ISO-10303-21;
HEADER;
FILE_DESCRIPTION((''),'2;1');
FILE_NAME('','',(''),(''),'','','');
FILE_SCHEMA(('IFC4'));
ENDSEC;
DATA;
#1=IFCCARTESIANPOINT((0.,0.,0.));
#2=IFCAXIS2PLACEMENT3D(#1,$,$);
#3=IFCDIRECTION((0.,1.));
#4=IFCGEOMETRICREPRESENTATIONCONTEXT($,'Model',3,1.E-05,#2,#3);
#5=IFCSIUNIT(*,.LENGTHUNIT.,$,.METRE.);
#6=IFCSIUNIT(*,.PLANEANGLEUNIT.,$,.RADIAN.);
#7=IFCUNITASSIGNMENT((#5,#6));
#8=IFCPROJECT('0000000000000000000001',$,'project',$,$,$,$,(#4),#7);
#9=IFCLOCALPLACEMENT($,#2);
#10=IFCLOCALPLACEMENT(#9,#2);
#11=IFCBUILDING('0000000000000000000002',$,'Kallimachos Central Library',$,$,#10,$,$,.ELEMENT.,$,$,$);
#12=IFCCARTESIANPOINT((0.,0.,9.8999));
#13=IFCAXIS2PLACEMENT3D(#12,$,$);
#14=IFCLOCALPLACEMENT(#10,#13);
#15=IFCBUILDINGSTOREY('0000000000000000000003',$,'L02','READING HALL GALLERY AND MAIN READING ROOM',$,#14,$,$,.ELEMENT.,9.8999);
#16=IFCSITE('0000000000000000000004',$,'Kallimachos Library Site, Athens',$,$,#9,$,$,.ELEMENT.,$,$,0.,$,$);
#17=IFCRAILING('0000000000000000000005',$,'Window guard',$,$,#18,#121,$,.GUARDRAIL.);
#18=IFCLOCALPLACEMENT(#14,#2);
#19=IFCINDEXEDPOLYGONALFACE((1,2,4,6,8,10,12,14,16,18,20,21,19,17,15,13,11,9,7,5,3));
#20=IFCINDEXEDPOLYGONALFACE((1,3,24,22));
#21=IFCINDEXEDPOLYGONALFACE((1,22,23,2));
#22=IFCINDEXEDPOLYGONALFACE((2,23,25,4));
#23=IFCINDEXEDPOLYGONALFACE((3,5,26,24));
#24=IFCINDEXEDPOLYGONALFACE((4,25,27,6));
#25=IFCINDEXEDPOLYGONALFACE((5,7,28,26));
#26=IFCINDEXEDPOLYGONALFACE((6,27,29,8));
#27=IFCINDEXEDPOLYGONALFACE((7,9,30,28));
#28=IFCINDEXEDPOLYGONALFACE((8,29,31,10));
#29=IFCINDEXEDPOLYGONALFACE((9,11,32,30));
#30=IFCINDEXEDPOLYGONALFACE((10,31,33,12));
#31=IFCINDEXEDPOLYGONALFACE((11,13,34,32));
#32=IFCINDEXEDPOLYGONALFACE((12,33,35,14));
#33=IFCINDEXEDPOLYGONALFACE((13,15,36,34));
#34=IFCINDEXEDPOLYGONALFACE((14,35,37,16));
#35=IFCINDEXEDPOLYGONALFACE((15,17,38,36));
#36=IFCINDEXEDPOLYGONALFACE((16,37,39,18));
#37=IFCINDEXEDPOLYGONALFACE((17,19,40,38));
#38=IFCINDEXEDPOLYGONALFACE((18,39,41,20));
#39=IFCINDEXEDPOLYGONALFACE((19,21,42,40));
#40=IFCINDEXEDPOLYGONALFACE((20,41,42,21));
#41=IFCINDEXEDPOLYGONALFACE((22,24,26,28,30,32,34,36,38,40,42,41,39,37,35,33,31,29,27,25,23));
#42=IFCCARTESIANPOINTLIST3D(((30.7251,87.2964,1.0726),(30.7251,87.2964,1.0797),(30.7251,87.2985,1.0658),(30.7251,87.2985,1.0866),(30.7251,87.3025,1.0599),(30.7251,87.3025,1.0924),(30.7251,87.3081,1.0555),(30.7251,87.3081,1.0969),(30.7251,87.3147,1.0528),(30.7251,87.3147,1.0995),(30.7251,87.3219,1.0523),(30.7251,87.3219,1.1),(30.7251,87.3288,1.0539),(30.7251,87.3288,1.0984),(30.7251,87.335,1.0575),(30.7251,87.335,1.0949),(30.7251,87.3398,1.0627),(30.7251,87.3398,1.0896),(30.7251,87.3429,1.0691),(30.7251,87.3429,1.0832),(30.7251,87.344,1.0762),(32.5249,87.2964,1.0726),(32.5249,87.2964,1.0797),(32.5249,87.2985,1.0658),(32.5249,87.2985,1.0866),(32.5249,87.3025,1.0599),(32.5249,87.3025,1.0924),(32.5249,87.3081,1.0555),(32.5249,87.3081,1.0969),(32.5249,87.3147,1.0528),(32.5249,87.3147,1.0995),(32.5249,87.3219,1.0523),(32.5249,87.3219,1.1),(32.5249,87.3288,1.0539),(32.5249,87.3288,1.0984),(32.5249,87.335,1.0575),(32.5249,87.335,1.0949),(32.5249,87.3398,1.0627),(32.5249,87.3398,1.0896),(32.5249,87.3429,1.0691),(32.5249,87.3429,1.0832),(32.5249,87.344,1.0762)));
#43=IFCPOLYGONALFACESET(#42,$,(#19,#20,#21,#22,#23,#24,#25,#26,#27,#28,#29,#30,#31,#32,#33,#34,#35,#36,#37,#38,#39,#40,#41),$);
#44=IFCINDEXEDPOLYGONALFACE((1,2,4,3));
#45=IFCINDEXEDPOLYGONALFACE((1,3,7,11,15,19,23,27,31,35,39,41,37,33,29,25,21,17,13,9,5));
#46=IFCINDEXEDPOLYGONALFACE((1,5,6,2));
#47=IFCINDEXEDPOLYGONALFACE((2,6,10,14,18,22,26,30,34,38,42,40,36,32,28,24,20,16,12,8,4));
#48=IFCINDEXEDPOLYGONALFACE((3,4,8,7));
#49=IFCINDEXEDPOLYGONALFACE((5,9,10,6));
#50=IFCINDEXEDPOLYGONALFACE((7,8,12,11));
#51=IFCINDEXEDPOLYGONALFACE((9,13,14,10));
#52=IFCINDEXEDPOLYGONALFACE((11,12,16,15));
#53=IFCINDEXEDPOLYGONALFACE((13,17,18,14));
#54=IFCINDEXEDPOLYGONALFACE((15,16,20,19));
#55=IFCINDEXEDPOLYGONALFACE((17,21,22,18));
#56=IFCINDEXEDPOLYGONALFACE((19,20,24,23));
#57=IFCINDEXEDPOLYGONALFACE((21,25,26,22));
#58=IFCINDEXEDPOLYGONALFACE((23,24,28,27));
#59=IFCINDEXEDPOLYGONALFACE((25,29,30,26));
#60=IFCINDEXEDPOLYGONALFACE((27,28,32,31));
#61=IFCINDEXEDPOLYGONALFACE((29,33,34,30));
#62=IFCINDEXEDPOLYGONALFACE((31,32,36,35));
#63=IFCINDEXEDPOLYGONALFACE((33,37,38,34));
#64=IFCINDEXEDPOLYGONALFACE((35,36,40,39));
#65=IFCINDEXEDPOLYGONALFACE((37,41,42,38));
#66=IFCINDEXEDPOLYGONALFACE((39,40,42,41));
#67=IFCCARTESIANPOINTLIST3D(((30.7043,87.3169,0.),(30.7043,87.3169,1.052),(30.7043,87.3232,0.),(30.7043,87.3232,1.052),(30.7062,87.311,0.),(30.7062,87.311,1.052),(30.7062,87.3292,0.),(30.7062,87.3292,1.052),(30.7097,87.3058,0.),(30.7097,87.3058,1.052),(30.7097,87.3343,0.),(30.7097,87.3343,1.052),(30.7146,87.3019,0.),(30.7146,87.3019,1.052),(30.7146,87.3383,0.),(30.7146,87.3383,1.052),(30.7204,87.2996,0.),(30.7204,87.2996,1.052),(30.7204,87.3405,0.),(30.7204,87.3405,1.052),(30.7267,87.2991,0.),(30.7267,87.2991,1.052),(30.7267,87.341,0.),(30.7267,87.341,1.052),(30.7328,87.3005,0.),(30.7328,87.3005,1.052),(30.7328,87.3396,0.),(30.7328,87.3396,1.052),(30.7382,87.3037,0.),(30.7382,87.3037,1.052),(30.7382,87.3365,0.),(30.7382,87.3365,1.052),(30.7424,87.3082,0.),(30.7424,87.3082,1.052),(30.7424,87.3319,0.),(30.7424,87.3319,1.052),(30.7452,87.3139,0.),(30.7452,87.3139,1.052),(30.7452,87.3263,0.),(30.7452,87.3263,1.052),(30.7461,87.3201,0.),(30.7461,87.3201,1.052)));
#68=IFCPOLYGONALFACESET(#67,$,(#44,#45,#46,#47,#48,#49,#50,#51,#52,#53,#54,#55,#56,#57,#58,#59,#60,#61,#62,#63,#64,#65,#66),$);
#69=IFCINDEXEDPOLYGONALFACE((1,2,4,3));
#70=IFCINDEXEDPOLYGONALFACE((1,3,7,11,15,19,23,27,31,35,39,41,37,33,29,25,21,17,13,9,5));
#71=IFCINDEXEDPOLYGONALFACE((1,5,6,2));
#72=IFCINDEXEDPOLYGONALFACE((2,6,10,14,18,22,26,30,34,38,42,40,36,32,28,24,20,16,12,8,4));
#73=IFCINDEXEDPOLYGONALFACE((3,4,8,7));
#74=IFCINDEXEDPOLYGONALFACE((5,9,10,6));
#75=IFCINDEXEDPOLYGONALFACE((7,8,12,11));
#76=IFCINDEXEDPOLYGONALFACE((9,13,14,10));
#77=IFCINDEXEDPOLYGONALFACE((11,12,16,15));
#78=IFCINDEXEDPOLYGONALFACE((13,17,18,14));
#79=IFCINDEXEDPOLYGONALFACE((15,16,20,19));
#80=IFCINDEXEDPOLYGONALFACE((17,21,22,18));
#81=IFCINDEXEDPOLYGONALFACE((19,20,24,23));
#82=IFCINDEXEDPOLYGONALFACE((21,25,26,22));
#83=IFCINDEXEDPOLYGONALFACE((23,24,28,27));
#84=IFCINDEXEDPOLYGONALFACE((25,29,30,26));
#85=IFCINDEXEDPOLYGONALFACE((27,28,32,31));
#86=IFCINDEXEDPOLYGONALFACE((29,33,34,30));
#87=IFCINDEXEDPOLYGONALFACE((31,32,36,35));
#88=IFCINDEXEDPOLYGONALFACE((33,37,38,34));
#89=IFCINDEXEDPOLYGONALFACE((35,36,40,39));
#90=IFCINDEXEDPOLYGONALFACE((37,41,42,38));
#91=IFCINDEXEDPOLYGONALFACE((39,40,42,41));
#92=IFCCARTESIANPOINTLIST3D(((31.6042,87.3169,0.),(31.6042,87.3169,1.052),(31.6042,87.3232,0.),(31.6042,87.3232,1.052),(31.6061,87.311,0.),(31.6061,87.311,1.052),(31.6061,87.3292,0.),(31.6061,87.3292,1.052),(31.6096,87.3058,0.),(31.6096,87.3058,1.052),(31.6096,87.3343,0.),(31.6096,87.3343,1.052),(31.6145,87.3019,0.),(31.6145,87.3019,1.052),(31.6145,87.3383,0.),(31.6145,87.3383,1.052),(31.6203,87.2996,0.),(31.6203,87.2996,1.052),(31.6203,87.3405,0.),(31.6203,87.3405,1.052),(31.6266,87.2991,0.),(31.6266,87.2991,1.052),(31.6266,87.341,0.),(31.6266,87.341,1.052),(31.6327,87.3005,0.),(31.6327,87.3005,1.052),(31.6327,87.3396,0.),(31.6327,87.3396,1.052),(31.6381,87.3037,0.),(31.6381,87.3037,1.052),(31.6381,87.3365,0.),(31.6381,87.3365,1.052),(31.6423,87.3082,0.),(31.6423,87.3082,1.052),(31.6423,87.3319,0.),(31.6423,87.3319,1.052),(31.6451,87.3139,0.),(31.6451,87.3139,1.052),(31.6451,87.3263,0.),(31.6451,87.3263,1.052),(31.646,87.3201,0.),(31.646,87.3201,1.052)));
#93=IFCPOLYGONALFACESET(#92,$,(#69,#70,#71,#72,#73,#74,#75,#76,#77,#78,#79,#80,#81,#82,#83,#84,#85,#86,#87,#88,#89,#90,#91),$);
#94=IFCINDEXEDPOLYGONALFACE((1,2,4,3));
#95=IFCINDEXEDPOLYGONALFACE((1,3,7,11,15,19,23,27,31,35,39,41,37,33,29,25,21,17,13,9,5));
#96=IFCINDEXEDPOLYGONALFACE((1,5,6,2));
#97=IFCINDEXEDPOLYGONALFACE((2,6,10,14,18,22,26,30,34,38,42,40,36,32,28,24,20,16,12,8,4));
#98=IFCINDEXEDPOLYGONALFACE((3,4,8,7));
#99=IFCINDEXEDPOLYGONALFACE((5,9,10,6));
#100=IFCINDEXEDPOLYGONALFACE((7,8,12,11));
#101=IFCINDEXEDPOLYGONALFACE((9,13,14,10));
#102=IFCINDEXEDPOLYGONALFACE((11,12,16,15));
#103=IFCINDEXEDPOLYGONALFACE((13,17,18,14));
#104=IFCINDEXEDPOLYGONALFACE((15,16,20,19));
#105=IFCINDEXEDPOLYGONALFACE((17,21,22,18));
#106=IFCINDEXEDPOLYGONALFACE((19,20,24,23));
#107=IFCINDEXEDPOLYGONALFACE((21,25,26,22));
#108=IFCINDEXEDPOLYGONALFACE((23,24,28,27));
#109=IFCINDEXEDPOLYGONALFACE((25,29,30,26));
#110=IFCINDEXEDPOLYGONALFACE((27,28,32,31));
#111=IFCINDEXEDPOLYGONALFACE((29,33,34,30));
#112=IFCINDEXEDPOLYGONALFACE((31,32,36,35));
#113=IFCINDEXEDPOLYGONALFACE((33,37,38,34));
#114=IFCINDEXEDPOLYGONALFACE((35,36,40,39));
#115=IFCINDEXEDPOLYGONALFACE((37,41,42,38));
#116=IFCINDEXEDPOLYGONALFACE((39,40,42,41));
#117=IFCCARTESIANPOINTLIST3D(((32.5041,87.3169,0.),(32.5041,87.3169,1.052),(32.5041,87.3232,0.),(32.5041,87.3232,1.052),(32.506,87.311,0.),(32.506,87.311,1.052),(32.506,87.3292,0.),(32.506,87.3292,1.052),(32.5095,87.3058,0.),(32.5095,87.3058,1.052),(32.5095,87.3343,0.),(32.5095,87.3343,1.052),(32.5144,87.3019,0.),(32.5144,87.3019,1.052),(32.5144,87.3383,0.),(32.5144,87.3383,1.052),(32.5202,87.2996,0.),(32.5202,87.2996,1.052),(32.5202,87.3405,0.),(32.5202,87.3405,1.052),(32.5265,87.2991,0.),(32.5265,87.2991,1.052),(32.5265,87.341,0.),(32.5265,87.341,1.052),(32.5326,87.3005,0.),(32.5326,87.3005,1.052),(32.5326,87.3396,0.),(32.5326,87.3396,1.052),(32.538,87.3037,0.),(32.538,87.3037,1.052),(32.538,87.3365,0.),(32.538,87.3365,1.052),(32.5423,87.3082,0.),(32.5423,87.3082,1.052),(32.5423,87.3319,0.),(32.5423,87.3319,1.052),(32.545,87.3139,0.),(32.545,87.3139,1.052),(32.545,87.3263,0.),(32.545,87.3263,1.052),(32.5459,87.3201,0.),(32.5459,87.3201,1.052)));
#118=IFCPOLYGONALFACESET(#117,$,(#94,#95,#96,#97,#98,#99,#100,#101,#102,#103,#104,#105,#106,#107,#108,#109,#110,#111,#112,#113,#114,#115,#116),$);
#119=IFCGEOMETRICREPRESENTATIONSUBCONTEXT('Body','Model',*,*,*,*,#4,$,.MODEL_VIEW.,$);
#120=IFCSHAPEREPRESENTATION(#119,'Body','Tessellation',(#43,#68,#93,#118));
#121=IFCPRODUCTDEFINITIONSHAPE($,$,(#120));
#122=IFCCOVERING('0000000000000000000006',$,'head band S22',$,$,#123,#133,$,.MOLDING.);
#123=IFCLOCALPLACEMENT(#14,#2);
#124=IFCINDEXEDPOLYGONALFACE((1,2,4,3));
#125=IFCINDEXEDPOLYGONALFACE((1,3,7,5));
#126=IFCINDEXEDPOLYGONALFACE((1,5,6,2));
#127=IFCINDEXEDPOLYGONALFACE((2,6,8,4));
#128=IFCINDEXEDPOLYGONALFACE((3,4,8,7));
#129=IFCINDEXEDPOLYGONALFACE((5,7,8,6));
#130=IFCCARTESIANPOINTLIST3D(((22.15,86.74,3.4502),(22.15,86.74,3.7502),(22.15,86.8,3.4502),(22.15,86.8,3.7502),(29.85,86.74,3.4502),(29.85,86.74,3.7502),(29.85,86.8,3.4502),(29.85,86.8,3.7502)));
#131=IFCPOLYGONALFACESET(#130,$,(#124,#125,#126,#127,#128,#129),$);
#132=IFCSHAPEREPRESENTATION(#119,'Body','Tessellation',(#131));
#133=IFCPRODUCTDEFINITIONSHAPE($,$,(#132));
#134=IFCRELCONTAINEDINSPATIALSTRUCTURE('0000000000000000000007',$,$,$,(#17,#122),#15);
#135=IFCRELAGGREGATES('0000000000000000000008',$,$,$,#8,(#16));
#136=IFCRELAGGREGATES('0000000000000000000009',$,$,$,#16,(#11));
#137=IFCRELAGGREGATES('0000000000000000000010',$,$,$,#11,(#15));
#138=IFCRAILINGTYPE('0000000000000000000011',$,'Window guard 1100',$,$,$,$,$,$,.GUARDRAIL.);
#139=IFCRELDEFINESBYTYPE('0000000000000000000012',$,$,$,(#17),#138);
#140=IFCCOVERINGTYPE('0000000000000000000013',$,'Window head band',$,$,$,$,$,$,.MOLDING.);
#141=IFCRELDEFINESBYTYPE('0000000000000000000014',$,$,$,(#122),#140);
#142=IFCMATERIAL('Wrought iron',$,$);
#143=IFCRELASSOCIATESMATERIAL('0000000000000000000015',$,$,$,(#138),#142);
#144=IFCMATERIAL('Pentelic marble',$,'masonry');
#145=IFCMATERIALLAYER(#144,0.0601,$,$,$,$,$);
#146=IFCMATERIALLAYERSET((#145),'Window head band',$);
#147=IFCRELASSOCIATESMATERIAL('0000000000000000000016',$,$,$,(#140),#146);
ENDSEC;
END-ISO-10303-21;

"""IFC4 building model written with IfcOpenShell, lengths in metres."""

from ifc_helpers import new_model, si_unit, direction, frame, origin, origin_2d, place, context, subcontext, project, spatial, rectangle, circle, extrude, material, layer, layer_set, type_object, element, save


model = new_model("IFC4")

# Units and contexts
model_context = context("Model", 3, precision=1e-05, world=origin(), true_north=direction((0.0, 1.0)))
body_context = subcontext(model_context, "Body", "Model", "MODEL_VIEW")
ifc_project = project(units=[si_unit("LENGTHUNIT", "METRE"), si_unit("PLANEANGLEUNIT", "RADIAN")], contexts=[model_context])

# Site, building, storey
site_placement = place(None, origin())
site = spatial("IfcSite", under=ifc_project, at=site_placement, Name="Kallimachos Library Site, Athens", CompositionType="ELEMENT", RefElevation=0.0)
building_placement = place(site_placement, origin())
building = spatial("IfcBuilding", under=site, at=building_placement, Name="Kallimachos Central Library", CompositionType="ELEMENT")
storey_placement = place(building_placement, frame((0.0, 0.0, 9.8999)))
storey = spatial("IfcBuildingStorey", under=building, at=storey_placement, Name="L02", Description="READING HALL GALLERY AND MAIN READING ROOM", CompositionType="ELEMENT", Elevation=9.8999)

# Railing
ifc_material_1 = material(Name="Wrought iron")
railing_type = type_object("IfcRailingType", Name="Window guard 1100", PredefinedType="GUARDRAIL", material=ifc_material_1)
for number, where, name in (
    (1, (30.7251, 87.3201, 0.0), "Window guard"),
):
    element("IfcRailing", number, at=place(storey_placement, frame(where)), inside=storey, type_object=railing_type, Name=name, PredefinedType="GUARDRAIL", context=body_context, shape_type="SweptSolid", body=[
        extrude(circle(Radius=0.0239, at=origin_2d()), frame((0.0, 0.0, 1.0762), z_axis=(1.0, 0.0, 0.0), x_axis=(0.0, 1.0, 0.0)), (0.0, 0.0, 1.0), 1.7998),
        extrude(circle(Radius=0.021, at=origin_2d()), origin(), (0.0, 0.0, 1.0), 1.052),
        extrude(circle(Radius=0.021, at=origin_2d()), frame((0.8999, 0.0, 0.0)), (0.0, 0.0, 1.0), 1.052),
        extrude(circle(Radius=0.021, at=origin_2d()), frame((1.7998, 0.0, 0.0)), (0.0, 0.0, 1.0), 1.052),
    ])

# Covering
ifc_material_2 = material(Name="Pentelic marble", Category="masonry")
ifc_layer_1 = layer(ifc_material_2, 0.0601)
ifc_layer_set_1 = layer_set([ifc_layer_1], Name="Window head band")
covering_type_1 = type_object("IfcCoveringType", Name="Window head band", PredefinedType="MOLDING", material=ifc_layer_set_1)
covering_1_placement = place(storey_placement, frame((26.0, 86.77, 3.4502), z_axis=(0.0, 0.0, 1.0), x_axis=(1.0, 0.0, 0.0)))
element("IfcCovering", 2, at=covering_1_placement, inside=storey, type_object=covering_type_1, Name="head band S22", PredefinedType="MOLDING", context=body_context, shape_type="SweptSolid", body=[
    extrude(rectangle(XDim=7.7, YDim=0.0601, at=origin_2d()), origin(), (0.0, 0.0, 1.0), 0.3),
])

save(model, "model.ifc")
